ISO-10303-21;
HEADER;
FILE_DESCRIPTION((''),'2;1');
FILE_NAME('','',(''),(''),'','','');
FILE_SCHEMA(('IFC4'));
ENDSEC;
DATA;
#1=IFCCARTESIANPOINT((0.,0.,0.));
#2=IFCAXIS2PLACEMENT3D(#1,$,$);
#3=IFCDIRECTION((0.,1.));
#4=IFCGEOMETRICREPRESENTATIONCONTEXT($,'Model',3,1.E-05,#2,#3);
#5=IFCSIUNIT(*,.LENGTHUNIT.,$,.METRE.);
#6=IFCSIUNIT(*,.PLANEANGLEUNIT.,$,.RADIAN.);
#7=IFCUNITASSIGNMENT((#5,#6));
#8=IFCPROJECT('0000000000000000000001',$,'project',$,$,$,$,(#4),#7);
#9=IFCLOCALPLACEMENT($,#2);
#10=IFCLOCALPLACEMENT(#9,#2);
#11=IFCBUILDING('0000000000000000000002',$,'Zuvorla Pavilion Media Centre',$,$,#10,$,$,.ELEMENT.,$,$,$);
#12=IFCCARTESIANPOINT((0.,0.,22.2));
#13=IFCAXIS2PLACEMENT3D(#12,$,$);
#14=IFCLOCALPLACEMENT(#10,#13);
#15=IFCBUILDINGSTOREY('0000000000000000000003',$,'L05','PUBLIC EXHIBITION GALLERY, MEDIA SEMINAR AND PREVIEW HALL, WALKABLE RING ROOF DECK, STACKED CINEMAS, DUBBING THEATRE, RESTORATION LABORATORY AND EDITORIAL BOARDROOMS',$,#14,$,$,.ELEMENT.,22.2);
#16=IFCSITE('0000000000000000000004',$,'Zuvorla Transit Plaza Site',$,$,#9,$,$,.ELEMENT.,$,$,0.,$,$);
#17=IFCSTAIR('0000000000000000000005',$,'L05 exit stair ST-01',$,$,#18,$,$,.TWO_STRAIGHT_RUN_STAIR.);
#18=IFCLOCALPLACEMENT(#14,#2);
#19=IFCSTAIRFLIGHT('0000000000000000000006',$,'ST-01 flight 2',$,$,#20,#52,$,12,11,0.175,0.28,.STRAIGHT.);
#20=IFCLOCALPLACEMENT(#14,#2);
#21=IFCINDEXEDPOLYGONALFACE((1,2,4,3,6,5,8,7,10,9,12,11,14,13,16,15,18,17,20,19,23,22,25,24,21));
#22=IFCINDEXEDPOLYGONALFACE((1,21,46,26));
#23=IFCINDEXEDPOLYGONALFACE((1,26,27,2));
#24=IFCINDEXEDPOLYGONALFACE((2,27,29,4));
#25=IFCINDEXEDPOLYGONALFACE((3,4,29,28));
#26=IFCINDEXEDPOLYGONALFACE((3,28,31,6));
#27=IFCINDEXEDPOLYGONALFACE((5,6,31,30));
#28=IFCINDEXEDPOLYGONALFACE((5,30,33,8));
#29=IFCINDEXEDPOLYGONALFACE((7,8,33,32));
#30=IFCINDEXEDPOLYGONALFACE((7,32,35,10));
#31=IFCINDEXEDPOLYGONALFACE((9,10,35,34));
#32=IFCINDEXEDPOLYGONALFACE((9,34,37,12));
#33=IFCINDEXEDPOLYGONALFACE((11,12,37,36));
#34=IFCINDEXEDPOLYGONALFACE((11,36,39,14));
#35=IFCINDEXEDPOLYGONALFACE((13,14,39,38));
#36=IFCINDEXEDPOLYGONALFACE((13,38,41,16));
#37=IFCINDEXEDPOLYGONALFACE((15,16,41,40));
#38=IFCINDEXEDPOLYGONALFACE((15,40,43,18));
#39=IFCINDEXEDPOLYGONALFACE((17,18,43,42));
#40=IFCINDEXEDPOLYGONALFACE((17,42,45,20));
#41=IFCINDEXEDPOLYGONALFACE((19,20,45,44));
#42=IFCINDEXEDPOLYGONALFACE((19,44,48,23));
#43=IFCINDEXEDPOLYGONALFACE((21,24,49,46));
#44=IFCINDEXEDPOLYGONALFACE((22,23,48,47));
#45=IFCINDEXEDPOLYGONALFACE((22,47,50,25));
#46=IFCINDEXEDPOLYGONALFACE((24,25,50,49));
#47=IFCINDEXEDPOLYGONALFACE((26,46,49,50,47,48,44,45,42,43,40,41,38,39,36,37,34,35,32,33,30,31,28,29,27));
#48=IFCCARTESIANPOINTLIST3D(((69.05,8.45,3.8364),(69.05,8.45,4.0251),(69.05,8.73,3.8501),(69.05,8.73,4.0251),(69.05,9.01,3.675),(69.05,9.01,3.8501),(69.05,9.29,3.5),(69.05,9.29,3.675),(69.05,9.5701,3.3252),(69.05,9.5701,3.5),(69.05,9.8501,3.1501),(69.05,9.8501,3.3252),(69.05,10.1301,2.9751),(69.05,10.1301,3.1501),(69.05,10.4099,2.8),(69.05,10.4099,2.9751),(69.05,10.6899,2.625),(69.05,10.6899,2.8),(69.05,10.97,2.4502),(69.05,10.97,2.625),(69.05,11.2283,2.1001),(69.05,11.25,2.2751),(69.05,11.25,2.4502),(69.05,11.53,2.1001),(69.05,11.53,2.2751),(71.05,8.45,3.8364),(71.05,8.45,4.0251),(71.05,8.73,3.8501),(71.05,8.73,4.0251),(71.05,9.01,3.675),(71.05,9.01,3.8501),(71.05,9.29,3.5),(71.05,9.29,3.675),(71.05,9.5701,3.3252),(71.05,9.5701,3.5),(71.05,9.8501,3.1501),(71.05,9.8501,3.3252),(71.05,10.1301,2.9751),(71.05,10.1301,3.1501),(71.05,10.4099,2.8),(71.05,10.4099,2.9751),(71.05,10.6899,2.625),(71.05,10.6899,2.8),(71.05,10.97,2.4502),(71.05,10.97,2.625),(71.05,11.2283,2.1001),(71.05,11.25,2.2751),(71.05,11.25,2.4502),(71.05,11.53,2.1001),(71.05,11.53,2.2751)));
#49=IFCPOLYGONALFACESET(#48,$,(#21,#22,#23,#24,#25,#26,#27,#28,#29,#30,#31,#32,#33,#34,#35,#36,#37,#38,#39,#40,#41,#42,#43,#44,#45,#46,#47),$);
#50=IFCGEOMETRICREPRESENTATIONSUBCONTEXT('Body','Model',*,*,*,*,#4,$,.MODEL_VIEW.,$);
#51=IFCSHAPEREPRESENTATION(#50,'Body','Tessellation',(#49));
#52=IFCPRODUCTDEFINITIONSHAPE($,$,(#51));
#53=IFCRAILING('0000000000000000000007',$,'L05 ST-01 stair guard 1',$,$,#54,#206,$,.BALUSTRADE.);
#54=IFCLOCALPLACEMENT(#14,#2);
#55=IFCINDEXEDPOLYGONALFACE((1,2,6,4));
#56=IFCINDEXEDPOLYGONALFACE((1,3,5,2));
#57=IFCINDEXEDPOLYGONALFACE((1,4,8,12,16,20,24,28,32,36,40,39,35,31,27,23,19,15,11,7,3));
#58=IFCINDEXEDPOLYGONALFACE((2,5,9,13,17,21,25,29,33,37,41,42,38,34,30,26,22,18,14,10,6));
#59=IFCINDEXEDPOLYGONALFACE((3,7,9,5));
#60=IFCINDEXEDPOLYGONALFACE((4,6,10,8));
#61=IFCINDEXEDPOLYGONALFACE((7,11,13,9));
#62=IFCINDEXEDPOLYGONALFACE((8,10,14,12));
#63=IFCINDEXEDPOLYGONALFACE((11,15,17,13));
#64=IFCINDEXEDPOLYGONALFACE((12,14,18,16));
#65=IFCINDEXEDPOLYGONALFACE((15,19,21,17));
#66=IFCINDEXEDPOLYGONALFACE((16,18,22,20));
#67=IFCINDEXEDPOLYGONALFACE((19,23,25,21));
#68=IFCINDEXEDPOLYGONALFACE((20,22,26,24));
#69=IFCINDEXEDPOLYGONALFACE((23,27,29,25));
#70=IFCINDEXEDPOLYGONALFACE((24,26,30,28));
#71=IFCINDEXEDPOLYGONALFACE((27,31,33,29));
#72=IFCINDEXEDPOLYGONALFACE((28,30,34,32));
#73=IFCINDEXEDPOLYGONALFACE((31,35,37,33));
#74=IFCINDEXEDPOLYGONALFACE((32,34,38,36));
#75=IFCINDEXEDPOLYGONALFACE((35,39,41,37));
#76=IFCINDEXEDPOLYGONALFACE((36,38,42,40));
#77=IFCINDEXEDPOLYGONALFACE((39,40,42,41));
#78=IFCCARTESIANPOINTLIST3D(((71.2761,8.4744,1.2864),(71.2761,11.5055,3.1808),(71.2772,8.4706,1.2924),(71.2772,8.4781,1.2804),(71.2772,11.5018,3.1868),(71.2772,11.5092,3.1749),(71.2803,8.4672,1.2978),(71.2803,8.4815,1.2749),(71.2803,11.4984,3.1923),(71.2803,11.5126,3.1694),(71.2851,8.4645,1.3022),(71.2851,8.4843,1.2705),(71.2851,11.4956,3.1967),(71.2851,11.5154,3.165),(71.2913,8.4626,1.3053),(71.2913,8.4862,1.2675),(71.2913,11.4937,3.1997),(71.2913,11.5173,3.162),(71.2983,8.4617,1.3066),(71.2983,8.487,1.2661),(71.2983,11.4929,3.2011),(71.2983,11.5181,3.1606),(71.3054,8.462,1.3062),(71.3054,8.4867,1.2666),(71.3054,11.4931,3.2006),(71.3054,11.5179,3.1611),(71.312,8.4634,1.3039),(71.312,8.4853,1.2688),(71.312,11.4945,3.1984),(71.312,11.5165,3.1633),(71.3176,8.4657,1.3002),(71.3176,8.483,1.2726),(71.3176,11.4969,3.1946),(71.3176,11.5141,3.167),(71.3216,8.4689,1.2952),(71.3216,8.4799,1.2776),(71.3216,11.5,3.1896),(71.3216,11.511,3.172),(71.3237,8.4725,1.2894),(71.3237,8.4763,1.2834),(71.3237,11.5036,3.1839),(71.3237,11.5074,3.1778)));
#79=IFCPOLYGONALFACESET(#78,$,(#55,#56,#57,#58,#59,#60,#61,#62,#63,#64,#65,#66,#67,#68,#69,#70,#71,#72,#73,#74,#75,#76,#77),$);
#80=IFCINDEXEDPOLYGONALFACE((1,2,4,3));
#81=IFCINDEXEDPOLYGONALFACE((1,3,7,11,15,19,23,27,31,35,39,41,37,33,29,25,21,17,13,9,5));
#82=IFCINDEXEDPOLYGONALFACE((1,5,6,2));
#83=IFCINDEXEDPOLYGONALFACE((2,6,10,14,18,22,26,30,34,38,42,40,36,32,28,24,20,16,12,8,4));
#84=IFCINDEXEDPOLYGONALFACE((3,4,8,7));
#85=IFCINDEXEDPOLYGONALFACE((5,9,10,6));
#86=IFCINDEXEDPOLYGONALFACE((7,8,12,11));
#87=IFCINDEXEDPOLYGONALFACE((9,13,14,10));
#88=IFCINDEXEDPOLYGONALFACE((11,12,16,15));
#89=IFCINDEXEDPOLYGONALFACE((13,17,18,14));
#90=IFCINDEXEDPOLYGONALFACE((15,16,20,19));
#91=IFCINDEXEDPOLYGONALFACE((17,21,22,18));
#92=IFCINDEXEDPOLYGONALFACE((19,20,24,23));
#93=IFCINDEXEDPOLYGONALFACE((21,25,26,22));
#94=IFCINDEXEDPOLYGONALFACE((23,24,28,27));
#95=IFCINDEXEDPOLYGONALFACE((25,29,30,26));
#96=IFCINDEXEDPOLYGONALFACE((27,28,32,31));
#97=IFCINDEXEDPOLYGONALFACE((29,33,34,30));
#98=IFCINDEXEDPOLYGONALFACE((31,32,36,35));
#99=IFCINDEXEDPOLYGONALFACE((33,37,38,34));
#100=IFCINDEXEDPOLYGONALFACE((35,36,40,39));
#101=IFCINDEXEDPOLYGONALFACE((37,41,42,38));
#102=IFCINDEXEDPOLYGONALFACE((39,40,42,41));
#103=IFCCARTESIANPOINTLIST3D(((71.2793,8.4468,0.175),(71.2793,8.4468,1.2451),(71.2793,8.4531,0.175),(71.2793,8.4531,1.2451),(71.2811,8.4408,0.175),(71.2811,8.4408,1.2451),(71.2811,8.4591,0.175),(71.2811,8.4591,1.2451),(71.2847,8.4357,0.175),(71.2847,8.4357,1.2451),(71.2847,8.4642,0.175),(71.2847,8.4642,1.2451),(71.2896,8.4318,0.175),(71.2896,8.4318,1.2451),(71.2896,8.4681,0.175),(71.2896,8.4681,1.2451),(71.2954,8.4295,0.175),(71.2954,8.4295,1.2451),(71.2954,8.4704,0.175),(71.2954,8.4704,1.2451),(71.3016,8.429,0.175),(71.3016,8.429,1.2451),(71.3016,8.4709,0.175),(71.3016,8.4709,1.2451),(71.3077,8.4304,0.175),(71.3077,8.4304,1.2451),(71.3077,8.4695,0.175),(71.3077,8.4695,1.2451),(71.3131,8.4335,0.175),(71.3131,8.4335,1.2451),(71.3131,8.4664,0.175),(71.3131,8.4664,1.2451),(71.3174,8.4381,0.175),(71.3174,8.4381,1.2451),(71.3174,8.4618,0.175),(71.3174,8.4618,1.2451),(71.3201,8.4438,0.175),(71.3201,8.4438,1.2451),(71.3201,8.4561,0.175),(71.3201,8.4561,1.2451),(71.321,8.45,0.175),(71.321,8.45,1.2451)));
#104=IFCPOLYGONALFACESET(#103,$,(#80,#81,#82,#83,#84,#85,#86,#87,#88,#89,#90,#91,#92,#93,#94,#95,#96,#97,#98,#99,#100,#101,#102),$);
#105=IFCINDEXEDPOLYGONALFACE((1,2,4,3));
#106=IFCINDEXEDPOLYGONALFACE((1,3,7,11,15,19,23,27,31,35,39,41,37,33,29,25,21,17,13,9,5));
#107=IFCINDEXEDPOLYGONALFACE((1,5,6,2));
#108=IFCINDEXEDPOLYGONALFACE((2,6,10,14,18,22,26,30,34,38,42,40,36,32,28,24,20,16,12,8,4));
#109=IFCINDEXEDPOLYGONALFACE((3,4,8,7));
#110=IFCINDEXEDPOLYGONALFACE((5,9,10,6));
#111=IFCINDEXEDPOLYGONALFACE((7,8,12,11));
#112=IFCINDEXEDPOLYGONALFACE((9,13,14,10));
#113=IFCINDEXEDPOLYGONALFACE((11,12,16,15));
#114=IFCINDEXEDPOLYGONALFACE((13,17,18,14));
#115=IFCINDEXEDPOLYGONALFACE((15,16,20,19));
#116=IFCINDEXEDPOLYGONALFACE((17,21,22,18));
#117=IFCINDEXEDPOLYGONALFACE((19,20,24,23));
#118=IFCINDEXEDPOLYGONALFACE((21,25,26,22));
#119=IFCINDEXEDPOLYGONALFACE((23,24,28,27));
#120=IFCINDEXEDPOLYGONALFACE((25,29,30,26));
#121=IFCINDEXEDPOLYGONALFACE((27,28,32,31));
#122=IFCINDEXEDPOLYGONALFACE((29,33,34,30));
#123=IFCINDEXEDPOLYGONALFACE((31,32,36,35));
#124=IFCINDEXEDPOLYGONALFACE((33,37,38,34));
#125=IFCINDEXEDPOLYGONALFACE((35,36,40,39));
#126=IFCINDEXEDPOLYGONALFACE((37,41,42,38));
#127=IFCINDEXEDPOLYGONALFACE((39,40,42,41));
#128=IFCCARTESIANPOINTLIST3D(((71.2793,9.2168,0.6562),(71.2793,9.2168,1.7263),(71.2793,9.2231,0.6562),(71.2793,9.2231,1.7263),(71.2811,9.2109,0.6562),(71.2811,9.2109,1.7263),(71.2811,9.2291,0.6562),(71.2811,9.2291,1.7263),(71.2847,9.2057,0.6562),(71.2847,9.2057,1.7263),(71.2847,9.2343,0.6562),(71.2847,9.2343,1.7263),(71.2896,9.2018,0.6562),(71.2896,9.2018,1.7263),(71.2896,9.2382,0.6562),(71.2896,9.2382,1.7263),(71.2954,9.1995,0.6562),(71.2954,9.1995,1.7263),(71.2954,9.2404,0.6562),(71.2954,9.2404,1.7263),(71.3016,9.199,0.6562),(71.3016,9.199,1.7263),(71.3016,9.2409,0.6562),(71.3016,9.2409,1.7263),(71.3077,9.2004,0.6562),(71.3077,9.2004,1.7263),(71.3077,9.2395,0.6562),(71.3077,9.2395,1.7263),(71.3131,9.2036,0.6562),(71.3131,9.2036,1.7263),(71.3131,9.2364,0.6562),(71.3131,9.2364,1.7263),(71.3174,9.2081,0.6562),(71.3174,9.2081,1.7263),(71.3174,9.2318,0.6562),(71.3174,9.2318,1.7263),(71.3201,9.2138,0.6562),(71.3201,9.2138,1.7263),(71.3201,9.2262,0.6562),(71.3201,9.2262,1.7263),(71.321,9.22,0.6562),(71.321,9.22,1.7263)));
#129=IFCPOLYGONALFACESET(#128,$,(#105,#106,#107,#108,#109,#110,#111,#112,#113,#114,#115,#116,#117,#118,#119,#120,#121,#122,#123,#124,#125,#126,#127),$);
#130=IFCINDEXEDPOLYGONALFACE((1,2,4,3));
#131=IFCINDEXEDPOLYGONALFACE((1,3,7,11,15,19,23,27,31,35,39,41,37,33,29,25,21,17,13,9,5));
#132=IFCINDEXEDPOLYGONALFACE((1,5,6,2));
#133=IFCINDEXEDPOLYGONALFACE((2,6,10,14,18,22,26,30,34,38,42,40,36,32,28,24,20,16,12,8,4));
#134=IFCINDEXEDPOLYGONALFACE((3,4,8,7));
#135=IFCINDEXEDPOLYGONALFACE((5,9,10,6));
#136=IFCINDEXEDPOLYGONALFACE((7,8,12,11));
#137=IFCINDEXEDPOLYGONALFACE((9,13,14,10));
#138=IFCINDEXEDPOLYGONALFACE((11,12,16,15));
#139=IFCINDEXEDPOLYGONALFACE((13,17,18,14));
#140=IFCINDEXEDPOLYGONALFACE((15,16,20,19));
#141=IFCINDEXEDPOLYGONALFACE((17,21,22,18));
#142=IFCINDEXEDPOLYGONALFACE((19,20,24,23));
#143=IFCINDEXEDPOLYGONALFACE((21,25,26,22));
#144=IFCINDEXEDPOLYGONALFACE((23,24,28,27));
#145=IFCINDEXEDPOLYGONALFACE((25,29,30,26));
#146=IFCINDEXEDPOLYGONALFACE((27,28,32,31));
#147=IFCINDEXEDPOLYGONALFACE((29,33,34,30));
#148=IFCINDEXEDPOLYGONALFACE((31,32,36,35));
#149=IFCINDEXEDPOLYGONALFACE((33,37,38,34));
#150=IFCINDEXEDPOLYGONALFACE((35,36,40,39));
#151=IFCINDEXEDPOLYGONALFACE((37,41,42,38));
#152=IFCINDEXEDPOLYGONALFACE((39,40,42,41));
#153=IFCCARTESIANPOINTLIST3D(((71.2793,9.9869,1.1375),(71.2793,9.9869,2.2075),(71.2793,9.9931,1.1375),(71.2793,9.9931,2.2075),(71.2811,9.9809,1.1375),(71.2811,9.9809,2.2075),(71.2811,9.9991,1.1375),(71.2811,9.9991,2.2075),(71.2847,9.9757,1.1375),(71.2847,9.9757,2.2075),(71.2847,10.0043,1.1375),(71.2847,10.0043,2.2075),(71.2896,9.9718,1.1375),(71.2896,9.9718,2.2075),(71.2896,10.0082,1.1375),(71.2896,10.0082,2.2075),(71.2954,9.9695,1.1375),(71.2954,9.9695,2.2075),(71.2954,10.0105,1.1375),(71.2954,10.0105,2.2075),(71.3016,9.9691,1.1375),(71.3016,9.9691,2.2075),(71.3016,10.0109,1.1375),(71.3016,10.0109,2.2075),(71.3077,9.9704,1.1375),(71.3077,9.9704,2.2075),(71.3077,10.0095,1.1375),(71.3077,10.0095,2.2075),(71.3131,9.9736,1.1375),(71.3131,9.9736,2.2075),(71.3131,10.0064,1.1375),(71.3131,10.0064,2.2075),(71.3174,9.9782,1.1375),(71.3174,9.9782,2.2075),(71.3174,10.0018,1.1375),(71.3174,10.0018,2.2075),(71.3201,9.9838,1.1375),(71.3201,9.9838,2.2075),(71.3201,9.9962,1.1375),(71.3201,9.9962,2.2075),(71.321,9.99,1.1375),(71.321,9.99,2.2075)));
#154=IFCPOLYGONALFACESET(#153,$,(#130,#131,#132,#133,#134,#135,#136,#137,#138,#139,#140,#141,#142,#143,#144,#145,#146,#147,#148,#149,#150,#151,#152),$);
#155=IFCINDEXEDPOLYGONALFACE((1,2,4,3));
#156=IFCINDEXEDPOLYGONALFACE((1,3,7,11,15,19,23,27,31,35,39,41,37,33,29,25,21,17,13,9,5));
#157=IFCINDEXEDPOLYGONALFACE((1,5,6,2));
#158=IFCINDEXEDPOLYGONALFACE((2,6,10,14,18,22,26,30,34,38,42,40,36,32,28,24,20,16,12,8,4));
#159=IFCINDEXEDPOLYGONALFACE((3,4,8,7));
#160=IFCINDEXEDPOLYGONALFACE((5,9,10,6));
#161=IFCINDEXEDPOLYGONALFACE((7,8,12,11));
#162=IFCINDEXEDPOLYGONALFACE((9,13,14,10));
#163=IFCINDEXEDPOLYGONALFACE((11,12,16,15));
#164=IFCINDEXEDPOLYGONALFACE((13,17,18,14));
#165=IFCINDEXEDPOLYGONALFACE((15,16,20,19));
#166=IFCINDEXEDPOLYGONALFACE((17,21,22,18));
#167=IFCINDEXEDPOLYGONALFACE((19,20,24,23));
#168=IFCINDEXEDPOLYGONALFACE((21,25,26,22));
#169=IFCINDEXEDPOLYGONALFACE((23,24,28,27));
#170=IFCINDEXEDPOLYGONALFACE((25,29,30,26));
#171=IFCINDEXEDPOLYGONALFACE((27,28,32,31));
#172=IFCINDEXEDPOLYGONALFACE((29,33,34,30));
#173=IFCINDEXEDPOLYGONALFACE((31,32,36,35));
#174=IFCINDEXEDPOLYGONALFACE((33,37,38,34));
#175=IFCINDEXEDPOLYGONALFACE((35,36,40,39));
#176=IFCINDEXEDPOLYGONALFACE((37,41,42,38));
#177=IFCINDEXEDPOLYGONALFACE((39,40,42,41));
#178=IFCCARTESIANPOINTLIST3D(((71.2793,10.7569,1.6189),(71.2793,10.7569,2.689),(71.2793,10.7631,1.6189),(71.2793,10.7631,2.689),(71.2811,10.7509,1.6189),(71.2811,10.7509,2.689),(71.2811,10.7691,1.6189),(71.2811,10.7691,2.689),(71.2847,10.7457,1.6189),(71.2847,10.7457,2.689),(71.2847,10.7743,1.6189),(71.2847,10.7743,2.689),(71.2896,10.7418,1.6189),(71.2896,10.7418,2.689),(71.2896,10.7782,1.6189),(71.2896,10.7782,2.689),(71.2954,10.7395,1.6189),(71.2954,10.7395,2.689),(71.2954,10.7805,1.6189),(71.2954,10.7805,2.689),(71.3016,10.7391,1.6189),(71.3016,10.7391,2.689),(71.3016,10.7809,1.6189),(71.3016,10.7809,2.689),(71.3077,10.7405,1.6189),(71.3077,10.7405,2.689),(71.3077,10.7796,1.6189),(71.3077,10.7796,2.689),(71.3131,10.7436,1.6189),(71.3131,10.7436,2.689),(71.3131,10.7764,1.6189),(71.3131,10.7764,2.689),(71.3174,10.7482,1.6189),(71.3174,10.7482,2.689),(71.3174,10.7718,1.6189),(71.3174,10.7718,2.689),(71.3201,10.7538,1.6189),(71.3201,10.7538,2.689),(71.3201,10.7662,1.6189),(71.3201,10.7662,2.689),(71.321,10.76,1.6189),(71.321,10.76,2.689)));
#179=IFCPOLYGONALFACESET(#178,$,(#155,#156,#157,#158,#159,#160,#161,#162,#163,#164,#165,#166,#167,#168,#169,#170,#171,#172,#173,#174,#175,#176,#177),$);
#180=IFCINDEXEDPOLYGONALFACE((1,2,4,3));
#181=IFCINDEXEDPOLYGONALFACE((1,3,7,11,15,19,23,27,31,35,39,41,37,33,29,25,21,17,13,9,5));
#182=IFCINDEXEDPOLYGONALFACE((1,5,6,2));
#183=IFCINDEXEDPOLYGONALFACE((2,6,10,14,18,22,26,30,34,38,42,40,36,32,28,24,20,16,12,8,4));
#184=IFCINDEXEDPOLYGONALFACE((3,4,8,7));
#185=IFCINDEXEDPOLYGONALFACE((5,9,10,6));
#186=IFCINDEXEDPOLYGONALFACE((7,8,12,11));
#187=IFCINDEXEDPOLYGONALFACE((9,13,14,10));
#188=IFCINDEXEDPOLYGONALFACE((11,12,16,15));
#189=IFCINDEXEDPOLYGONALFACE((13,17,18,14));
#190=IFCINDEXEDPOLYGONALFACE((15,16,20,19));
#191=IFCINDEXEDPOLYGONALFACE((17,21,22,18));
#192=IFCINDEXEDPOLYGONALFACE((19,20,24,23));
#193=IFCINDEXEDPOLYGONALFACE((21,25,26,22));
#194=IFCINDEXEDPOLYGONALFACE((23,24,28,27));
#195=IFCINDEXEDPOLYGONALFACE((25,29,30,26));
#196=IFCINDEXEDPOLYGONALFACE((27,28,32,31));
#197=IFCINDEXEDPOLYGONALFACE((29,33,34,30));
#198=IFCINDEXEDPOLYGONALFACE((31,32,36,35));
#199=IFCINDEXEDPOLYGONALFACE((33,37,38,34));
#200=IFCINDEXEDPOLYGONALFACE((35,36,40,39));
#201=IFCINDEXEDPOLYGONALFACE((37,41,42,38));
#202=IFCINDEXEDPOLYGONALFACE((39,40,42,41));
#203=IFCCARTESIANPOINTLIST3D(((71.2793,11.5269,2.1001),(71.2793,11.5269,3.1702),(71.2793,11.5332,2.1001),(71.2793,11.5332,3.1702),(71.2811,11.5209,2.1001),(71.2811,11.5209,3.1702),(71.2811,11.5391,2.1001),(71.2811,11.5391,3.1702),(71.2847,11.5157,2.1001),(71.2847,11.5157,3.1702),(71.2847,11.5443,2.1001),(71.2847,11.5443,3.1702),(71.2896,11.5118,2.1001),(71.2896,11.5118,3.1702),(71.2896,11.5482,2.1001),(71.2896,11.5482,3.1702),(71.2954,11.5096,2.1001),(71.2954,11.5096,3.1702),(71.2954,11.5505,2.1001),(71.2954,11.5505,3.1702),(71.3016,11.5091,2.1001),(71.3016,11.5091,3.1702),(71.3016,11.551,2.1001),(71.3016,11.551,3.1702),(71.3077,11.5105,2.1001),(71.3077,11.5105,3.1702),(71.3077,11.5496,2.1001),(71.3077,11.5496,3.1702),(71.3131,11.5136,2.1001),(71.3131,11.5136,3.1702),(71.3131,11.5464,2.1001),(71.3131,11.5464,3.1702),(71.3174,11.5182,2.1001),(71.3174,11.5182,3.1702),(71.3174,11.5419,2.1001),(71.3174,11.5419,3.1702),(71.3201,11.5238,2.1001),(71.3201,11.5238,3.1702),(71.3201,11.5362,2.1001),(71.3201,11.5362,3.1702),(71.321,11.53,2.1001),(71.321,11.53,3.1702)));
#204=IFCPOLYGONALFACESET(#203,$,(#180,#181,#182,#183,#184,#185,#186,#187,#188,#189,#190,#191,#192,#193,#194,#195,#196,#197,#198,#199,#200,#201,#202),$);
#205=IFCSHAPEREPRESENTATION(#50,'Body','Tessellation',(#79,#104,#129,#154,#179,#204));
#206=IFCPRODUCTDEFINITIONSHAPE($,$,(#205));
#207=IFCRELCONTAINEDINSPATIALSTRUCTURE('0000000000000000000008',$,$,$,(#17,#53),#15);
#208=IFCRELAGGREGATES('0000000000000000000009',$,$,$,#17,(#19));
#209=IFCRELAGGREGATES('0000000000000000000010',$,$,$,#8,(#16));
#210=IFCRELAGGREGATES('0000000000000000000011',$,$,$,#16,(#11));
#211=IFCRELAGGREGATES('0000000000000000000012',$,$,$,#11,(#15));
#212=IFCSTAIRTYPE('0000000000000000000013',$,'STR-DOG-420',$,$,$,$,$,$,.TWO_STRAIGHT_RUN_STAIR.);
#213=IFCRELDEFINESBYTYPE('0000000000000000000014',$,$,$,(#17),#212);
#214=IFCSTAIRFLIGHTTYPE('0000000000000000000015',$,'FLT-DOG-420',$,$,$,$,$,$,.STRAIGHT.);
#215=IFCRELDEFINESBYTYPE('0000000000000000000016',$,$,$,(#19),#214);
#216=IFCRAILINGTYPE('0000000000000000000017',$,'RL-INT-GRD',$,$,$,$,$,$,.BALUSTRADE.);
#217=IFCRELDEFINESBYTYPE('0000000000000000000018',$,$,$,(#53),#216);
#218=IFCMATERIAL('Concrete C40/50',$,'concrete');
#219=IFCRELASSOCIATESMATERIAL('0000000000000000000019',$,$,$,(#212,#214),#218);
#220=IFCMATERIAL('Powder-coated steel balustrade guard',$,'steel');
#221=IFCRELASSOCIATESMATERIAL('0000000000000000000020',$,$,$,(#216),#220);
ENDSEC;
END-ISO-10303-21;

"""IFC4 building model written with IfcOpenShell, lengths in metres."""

from ifc_helpers import new_model, si_unit, direction, frame, origin, origin_2d, place, context, subcontext, project, spatial, polyline, circle, outline, extrude, material, type_object, element, aggregate, save


model = new_model("IFC4")

# Units and contexts
model_context = context("Model", 3, precision=1e-05, world=origin(), true_north=direction((0.0, 1.0)))
body_context = subcontext(model_context, "Body", "Model", "MODEL_VIEW")
ifc_project = project(units=[si_unit("LENGTHUNIT", "METRE"), si_unit("PLANEANGLEUNIT", "RADIAN")], contexts=[model_context])

# Site, building, storey
site_placement = place(None, origin())
site = spatial("IfcSite", under=ifc_project, at=site_placement, Name="Zuvorla Transit Plaza Site", CompositionType="ELEMENT", RefElevation=0.0)
building_placement = place(site_placement, origin())
building = spatial("IfcBuilding", under=site, at=building_placement, Name="Zuvorla Pavilion Media Centre", CompositionType="ELEMENT")
storey_placement = place(building_placement, frame((0.0, 0.0, 22.2)))
storey = spatial("IfcBuildingStorey", under=building, at=storey_placement, Name="L05", Description="PUBLIC EXHIBITION GALLERY, MEDIA SEMINAR AND PREVIEW HALL, WALKABLE RING ROOF DECK, STACKED CINEMAS, DUBBING THEATRE, RESTORATION LABORATORY AND EDITORIAL BOARDROOMS", CompositionType="ELEMENT", Elevation=22.2)

# Shared definitions
ifc_material_1 = material(Name="Concrete C40/50", Category="concrete")

# Stair, stair flight
stair_type = type_object("IfcStairType", Name="STR-DOG-420", PredefinedType="TWO_STRAIGHT_RUN_STAIR", material=ifc_material_1)
stair_placement = place(storey_placement, origin())
stair = element("IfcStair", 1, at=stair_placement, inside=storey, type_object=stair_type, Name="L05 exit stair ST-01", PredefinedType="TWO_STRAIGHT_RUN_STAIR")
stair_flight_type = type_object("IfcStairFlightType", Name="FLT-DOG-420", PredefinedType="STRAIGHT", material=ifc_material_1)
stair_flight_1_placement = place(storey_placement, frame((70.05, 11.53, 2.1001), z_axis=(0.0, 0.0, 1.0), x_axis=(0.0, -1.0, 0.0)))
stair_flight_1 = element("IfcStairFlight", 2, at=stair_flight_1_placement, type_object=stair_flight_type, Name="ST-01 flight 2", NumberOfRisers=12, NumberOfTreads=11, PredefinedType="STRAIGHT", RiserHeight=0.175, TreadLength=0.28, context=body_context, shape_type="SweptSolid", body=[
    extrude(outline(polyline([(0.0, 0.0), (0.0, 0.175), (0.28, 0.175), (0.28, 0.3501), (0.5601, 0.3501), (0.5601, 0.5249), (0.8401, 0.5249), (0.8401, 0.7), (1.1201, 0.7), (1.1201, 0.875), (1.3999, 0.875), (1.3999, 1.05), (1.6799, 1.05), (1.6799, 1.2251), (1.96, 1.2251), (1.96, 1.3999), (2.24, 1.3999), (2.24, 1.575), (2.52, 1.575), (2.52, 1.75), (2.8, 1.75), (2.8, 1.925), (3.0801, 1.925), (3.0801, 2.1001), (3.0801, 1.7363), (0.3018, 0.0), (0.0, 0.0)])), frame((0.0, 1.0, 0.0), z_axis=(0.0, -1.0, 0.0), x_axis=(1.0, 0.0, 0.0)), (0.0, 0.0, 1.0), 2.0),
])
aggregate(stair, [stair_flight_1])

# Railing
ifc_material_2 = material(Name="Powder-coated steel balustrade guard", Category="steel")
railing_type_1 = type_object("IfcRailingType", Name="RL-INT-GRD", PredefinedType="BALUSTRADE", material=ifc_material_2)
railing_1_placement = place(storey_placement, frame((71.3, 8.45, 0.175)))
element("IfcRailing", 3, at=railing_1_placement, inside=storey, type_object=railing_type_1, Name="L05 ST-01 stair guard 1", PredefinedType="BALUSTRADE", context=body_context, shape_type="SweptSolid", body=[
    extrude(circle(Radius=0.0239, at=origin_2d()), frame((0.0, 0.0244, 1.1113), z_axis=(0.0, 0.847998, 0.529999), x_axis=(-1.0, 0.0, 0.0)), (0.0, 0.0, 1.0), 3.5745),
    extrude(circle(Radius=0.021, at=origin_2d()), origin(), (0.0, 0.0, 1.0), 1.0701),
    extrude(circle(Radius=0.021, at=origin_2d()), frame((0.0, 0.77, 0.4812)), (0.0, 0.0, 1.0), 1.0701),
    extrude(circle(Radius=0.021, at=origin_2d()), frame((0.0, 1.54, 0.9624)), (0.0, 0.0, 1.0), 1.0701),
    extrude(circle(Radius=0.021, at=origin_2d()), frame((0.0, 2.3101, 1.4438)), (0.0, 0.0, 1.0), 1.0701),
    extrude(circle(Radius=0.021, at=origin_2d()), frame((0.0, 3.0801, 1.925)), (0.0, 0.0, 1.0), 1.0701),
])

save(model, "model.ifc")
